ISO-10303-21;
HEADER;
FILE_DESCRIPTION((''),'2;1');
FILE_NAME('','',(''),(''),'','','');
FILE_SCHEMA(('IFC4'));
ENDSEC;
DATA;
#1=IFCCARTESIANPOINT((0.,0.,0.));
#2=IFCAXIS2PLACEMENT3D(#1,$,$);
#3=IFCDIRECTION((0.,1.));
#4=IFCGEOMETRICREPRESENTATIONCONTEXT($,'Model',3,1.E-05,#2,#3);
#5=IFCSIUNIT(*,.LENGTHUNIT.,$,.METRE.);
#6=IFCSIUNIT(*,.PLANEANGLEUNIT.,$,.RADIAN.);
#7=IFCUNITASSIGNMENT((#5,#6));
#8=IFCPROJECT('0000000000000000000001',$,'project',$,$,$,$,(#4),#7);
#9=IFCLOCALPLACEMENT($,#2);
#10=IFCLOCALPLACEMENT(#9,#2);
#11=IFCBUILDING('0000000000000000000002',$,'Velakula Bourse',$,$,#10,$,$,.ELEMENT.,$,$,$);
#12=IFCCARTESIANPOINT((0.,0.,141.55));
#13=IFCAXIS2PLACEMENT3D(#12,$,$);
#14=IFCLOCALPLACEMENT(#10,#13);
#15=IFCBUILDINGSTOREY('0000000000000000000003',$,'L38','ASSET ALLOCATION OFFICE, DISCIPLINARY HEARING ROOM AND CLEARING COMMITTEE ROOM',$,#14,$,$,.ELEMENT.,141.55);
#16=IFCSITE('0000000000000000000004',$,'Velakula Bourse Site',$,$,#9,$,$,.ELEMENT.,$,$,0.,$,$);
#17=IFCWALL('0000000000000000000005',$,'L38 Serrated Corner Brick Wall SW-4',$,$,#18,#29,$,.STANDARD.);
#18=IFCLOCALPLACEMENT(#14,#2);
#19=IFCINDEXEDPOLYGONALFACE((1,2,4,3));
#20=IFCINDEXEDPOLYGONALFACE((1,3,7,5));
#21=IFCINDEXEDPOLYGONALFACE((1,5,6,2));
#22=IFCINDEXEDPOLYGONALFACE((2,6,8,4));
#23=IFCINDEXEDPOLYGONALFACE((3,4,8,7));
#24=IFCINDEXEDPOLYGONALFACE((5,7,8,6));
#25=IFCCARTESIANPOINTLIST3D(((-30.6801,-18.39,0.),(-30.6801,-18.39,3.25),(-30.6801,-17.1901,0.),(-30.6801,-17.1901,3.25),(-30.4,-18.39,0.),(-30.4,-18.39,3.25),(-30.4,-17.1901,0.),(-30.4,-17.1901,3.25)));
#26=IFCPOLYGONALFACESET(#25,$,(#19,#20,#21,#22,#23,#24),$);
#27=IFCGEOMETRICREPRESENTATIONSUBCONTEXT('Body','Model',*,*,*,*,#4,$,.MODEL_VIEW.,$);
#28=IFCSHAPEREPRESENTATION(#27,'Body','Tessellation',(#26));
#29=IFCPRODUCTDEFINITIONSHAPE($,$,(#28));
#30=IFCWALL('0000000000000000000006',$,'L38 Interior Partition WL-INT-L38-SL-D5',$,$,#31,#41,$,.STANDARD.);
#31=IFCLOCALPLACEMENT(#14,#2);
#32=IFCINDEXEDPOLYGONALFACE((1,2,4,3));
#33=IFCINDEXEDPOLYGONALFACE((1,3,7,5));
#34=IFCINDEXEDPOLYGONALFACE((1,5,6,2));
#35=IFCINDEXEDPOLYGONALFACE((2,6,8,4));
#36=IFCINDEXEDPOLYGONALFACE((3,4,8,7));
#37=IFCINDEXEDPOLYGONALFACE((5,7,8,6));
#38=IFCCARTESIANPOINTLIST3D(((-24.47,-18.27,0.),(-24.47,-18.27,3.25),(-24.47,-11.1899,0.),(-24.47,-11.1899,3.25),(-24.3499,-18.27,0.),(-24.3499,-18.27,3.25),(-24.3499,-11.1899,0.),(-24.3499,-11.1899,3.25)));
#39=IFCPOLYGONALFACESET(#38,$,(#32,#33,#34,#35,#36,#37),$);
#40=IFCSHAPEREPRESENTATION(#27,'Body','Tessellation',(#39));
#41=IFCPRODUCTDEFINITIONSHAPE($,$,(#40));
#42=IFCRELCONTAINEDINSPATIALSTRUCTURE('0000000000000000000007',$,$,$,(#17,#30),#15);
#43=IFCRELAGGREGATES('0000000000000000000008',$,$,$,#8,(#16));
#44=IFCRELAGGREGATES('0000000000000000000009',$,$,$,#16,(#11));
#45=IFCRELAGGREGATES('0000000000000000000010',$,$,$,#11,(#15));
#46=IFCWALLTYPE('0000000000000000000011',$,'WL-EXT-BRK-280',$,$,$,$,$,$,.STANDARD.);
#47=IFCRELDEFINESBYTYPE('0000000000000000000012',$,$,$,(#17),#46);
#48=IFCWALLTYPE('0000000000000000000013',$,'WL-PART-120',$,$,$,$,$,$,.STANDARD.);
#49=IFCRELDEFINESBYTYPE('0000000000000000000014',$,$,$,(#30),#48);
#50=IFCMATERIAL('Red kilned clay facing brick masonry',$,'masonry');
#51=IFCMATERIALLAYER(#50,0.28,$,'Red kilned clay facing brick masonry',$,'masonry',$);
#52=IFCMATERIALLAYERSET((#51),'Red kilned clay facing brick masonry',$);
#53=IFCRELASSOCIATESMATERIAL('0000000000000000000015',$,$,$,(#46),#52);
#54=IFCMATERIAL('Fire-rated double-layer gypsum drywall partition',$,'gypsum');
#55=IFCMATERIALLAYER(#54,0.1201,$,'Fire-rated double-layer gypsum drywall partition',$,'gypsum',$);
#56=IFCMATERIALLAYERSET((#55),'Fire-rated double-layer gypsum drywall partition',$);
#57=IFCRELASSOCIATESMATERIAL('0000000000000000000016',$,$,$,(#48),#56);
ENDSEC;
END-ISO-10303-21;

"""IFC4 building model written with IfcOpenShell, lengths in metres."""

from ifc_helpers import new_model, si_unit, direction, frame, frame_2d, origin, place, context, subcontext, project, spatial, rectangle, extrude, material, layer, layer_set, type_object, element, save


model = new_model("IFC4")

# Units and contexts
model_context = context("Model", 3, precision=1e-05, world=origin(), true_north=direction((0.0, 1.0)))
body_context = subcontext(model_context, "Body", "Model", "MODEL_VIEW")
ifc_project = project(units=[si_unit("LENGTHUNIT", "METRE"), si_unit("PLANEANGLEUNIT", "RADIAN")], contexts=[model_context])

# Site, building, storey
site_placement = place(None, origin())
site = spatial("IfcSite", under=ifc_project, at=site_placement, Name="Velakula Bourse Site", CompositionType="ELEMENT", RefElevation=0.0)
building_placement = place(site_placement, origin())
building = spatial("IfcBuilding", under=site, at=building_placement, Name="Velakula Bourse", CompositionType="ELEMENT")
storey_placement = place(building_placement, frame((0.0, 0.0, 141.55)))
storey = spatial("IfcBuildingStorey", under=building, at=storey_placement, Name="L38", Description="ASSET ALLOCATION OFFICE, DISCIPLINARY HEARING ROOM AND CLEARING COMMITTEE ROOM", CompositionType="ELEMENT", Elevation=141.55)

# Shared definitions
ifc_material_1 = material(Name="Red kilned clay facing brick masonry", Category="masonry")
ifc_layer_1 = layer(ifc_material_1, 0.28, Name="Red kilned clay facing brick masonry", Category="masonry")
ifc_layer_set_1 = layer_set([ifc_layer_1], Name="Red kilned clay facing brick masonry")
wall_type_1 = type_object("IfcWallType", Name="WL-EXT-BRK-280", PredefinedType="STANDARD", material=ifc_layer_set_1)

# Walls
for number, where, z_axis, x_axis, name in (
    (1, (-30.54, -17.1899, 0.0), (0.0, 0.0, 1.0), (0.0, -1.0, 0.0), "L38 Serrated Corner Brick Wall SW-4"),
):
    element("IfcWall", number, at=place(storey_placement, frame(where, z_axis=z_axis, x_axis=x_axis)), inside=storey, type_object=wall_type_1, Name=name, PredefinedType="STANDARD", context=body_context, shape_type="SweptSolid", body=[
        extrude(rectangle(XDim=1.2, YDim=0.28, at=frame_2d((0.6001, 0.0))), origin(), (0.0, 0.0, 1.0), 3.25),
    ])
ifc_material_2 = material(Name="Fire-rated double-layer gypsum drywall partition", Category="gypsum")
ifc_layer_2 = layer(ifc_material_2, 0.1201, Name="Fire-rated double-layer gypsum drywall partition", Category="gypsum")
ifc_layer_set_2 = layer_set([ifc_layer_2], Name="Fire-rated double-layer gypsum drywall partition")
wall_type_2 = type_object("IfcWallType", Name="WL-PART-120", PredefinedType="STANDARD", material=ifc_layer_set_2)
wall_1_placement = place(storey_placement, frame((-24.4099, -18.27, 0.0), z_axis=(0.0, 0.0, 1.0), x_axis=(0.0, 1.0, 0.0)))
element("IfcWall", 2, at=wall_1_placement, inside=storey, type_object=wall_type_2, Name="L38 Interior Partition WL-INT-L38-SL-D5", PredefinedType="STANDARD", context=body_context, shape_type="SweptSolid", body=[
    extrude(rectangle(XDim=7.0801, YDim=0.1201, at=frame_2d((3.54, 0.0))), origin(), (0.0, 0.0, 1.0), 3.25),
])

save(model, "model.ifc")
